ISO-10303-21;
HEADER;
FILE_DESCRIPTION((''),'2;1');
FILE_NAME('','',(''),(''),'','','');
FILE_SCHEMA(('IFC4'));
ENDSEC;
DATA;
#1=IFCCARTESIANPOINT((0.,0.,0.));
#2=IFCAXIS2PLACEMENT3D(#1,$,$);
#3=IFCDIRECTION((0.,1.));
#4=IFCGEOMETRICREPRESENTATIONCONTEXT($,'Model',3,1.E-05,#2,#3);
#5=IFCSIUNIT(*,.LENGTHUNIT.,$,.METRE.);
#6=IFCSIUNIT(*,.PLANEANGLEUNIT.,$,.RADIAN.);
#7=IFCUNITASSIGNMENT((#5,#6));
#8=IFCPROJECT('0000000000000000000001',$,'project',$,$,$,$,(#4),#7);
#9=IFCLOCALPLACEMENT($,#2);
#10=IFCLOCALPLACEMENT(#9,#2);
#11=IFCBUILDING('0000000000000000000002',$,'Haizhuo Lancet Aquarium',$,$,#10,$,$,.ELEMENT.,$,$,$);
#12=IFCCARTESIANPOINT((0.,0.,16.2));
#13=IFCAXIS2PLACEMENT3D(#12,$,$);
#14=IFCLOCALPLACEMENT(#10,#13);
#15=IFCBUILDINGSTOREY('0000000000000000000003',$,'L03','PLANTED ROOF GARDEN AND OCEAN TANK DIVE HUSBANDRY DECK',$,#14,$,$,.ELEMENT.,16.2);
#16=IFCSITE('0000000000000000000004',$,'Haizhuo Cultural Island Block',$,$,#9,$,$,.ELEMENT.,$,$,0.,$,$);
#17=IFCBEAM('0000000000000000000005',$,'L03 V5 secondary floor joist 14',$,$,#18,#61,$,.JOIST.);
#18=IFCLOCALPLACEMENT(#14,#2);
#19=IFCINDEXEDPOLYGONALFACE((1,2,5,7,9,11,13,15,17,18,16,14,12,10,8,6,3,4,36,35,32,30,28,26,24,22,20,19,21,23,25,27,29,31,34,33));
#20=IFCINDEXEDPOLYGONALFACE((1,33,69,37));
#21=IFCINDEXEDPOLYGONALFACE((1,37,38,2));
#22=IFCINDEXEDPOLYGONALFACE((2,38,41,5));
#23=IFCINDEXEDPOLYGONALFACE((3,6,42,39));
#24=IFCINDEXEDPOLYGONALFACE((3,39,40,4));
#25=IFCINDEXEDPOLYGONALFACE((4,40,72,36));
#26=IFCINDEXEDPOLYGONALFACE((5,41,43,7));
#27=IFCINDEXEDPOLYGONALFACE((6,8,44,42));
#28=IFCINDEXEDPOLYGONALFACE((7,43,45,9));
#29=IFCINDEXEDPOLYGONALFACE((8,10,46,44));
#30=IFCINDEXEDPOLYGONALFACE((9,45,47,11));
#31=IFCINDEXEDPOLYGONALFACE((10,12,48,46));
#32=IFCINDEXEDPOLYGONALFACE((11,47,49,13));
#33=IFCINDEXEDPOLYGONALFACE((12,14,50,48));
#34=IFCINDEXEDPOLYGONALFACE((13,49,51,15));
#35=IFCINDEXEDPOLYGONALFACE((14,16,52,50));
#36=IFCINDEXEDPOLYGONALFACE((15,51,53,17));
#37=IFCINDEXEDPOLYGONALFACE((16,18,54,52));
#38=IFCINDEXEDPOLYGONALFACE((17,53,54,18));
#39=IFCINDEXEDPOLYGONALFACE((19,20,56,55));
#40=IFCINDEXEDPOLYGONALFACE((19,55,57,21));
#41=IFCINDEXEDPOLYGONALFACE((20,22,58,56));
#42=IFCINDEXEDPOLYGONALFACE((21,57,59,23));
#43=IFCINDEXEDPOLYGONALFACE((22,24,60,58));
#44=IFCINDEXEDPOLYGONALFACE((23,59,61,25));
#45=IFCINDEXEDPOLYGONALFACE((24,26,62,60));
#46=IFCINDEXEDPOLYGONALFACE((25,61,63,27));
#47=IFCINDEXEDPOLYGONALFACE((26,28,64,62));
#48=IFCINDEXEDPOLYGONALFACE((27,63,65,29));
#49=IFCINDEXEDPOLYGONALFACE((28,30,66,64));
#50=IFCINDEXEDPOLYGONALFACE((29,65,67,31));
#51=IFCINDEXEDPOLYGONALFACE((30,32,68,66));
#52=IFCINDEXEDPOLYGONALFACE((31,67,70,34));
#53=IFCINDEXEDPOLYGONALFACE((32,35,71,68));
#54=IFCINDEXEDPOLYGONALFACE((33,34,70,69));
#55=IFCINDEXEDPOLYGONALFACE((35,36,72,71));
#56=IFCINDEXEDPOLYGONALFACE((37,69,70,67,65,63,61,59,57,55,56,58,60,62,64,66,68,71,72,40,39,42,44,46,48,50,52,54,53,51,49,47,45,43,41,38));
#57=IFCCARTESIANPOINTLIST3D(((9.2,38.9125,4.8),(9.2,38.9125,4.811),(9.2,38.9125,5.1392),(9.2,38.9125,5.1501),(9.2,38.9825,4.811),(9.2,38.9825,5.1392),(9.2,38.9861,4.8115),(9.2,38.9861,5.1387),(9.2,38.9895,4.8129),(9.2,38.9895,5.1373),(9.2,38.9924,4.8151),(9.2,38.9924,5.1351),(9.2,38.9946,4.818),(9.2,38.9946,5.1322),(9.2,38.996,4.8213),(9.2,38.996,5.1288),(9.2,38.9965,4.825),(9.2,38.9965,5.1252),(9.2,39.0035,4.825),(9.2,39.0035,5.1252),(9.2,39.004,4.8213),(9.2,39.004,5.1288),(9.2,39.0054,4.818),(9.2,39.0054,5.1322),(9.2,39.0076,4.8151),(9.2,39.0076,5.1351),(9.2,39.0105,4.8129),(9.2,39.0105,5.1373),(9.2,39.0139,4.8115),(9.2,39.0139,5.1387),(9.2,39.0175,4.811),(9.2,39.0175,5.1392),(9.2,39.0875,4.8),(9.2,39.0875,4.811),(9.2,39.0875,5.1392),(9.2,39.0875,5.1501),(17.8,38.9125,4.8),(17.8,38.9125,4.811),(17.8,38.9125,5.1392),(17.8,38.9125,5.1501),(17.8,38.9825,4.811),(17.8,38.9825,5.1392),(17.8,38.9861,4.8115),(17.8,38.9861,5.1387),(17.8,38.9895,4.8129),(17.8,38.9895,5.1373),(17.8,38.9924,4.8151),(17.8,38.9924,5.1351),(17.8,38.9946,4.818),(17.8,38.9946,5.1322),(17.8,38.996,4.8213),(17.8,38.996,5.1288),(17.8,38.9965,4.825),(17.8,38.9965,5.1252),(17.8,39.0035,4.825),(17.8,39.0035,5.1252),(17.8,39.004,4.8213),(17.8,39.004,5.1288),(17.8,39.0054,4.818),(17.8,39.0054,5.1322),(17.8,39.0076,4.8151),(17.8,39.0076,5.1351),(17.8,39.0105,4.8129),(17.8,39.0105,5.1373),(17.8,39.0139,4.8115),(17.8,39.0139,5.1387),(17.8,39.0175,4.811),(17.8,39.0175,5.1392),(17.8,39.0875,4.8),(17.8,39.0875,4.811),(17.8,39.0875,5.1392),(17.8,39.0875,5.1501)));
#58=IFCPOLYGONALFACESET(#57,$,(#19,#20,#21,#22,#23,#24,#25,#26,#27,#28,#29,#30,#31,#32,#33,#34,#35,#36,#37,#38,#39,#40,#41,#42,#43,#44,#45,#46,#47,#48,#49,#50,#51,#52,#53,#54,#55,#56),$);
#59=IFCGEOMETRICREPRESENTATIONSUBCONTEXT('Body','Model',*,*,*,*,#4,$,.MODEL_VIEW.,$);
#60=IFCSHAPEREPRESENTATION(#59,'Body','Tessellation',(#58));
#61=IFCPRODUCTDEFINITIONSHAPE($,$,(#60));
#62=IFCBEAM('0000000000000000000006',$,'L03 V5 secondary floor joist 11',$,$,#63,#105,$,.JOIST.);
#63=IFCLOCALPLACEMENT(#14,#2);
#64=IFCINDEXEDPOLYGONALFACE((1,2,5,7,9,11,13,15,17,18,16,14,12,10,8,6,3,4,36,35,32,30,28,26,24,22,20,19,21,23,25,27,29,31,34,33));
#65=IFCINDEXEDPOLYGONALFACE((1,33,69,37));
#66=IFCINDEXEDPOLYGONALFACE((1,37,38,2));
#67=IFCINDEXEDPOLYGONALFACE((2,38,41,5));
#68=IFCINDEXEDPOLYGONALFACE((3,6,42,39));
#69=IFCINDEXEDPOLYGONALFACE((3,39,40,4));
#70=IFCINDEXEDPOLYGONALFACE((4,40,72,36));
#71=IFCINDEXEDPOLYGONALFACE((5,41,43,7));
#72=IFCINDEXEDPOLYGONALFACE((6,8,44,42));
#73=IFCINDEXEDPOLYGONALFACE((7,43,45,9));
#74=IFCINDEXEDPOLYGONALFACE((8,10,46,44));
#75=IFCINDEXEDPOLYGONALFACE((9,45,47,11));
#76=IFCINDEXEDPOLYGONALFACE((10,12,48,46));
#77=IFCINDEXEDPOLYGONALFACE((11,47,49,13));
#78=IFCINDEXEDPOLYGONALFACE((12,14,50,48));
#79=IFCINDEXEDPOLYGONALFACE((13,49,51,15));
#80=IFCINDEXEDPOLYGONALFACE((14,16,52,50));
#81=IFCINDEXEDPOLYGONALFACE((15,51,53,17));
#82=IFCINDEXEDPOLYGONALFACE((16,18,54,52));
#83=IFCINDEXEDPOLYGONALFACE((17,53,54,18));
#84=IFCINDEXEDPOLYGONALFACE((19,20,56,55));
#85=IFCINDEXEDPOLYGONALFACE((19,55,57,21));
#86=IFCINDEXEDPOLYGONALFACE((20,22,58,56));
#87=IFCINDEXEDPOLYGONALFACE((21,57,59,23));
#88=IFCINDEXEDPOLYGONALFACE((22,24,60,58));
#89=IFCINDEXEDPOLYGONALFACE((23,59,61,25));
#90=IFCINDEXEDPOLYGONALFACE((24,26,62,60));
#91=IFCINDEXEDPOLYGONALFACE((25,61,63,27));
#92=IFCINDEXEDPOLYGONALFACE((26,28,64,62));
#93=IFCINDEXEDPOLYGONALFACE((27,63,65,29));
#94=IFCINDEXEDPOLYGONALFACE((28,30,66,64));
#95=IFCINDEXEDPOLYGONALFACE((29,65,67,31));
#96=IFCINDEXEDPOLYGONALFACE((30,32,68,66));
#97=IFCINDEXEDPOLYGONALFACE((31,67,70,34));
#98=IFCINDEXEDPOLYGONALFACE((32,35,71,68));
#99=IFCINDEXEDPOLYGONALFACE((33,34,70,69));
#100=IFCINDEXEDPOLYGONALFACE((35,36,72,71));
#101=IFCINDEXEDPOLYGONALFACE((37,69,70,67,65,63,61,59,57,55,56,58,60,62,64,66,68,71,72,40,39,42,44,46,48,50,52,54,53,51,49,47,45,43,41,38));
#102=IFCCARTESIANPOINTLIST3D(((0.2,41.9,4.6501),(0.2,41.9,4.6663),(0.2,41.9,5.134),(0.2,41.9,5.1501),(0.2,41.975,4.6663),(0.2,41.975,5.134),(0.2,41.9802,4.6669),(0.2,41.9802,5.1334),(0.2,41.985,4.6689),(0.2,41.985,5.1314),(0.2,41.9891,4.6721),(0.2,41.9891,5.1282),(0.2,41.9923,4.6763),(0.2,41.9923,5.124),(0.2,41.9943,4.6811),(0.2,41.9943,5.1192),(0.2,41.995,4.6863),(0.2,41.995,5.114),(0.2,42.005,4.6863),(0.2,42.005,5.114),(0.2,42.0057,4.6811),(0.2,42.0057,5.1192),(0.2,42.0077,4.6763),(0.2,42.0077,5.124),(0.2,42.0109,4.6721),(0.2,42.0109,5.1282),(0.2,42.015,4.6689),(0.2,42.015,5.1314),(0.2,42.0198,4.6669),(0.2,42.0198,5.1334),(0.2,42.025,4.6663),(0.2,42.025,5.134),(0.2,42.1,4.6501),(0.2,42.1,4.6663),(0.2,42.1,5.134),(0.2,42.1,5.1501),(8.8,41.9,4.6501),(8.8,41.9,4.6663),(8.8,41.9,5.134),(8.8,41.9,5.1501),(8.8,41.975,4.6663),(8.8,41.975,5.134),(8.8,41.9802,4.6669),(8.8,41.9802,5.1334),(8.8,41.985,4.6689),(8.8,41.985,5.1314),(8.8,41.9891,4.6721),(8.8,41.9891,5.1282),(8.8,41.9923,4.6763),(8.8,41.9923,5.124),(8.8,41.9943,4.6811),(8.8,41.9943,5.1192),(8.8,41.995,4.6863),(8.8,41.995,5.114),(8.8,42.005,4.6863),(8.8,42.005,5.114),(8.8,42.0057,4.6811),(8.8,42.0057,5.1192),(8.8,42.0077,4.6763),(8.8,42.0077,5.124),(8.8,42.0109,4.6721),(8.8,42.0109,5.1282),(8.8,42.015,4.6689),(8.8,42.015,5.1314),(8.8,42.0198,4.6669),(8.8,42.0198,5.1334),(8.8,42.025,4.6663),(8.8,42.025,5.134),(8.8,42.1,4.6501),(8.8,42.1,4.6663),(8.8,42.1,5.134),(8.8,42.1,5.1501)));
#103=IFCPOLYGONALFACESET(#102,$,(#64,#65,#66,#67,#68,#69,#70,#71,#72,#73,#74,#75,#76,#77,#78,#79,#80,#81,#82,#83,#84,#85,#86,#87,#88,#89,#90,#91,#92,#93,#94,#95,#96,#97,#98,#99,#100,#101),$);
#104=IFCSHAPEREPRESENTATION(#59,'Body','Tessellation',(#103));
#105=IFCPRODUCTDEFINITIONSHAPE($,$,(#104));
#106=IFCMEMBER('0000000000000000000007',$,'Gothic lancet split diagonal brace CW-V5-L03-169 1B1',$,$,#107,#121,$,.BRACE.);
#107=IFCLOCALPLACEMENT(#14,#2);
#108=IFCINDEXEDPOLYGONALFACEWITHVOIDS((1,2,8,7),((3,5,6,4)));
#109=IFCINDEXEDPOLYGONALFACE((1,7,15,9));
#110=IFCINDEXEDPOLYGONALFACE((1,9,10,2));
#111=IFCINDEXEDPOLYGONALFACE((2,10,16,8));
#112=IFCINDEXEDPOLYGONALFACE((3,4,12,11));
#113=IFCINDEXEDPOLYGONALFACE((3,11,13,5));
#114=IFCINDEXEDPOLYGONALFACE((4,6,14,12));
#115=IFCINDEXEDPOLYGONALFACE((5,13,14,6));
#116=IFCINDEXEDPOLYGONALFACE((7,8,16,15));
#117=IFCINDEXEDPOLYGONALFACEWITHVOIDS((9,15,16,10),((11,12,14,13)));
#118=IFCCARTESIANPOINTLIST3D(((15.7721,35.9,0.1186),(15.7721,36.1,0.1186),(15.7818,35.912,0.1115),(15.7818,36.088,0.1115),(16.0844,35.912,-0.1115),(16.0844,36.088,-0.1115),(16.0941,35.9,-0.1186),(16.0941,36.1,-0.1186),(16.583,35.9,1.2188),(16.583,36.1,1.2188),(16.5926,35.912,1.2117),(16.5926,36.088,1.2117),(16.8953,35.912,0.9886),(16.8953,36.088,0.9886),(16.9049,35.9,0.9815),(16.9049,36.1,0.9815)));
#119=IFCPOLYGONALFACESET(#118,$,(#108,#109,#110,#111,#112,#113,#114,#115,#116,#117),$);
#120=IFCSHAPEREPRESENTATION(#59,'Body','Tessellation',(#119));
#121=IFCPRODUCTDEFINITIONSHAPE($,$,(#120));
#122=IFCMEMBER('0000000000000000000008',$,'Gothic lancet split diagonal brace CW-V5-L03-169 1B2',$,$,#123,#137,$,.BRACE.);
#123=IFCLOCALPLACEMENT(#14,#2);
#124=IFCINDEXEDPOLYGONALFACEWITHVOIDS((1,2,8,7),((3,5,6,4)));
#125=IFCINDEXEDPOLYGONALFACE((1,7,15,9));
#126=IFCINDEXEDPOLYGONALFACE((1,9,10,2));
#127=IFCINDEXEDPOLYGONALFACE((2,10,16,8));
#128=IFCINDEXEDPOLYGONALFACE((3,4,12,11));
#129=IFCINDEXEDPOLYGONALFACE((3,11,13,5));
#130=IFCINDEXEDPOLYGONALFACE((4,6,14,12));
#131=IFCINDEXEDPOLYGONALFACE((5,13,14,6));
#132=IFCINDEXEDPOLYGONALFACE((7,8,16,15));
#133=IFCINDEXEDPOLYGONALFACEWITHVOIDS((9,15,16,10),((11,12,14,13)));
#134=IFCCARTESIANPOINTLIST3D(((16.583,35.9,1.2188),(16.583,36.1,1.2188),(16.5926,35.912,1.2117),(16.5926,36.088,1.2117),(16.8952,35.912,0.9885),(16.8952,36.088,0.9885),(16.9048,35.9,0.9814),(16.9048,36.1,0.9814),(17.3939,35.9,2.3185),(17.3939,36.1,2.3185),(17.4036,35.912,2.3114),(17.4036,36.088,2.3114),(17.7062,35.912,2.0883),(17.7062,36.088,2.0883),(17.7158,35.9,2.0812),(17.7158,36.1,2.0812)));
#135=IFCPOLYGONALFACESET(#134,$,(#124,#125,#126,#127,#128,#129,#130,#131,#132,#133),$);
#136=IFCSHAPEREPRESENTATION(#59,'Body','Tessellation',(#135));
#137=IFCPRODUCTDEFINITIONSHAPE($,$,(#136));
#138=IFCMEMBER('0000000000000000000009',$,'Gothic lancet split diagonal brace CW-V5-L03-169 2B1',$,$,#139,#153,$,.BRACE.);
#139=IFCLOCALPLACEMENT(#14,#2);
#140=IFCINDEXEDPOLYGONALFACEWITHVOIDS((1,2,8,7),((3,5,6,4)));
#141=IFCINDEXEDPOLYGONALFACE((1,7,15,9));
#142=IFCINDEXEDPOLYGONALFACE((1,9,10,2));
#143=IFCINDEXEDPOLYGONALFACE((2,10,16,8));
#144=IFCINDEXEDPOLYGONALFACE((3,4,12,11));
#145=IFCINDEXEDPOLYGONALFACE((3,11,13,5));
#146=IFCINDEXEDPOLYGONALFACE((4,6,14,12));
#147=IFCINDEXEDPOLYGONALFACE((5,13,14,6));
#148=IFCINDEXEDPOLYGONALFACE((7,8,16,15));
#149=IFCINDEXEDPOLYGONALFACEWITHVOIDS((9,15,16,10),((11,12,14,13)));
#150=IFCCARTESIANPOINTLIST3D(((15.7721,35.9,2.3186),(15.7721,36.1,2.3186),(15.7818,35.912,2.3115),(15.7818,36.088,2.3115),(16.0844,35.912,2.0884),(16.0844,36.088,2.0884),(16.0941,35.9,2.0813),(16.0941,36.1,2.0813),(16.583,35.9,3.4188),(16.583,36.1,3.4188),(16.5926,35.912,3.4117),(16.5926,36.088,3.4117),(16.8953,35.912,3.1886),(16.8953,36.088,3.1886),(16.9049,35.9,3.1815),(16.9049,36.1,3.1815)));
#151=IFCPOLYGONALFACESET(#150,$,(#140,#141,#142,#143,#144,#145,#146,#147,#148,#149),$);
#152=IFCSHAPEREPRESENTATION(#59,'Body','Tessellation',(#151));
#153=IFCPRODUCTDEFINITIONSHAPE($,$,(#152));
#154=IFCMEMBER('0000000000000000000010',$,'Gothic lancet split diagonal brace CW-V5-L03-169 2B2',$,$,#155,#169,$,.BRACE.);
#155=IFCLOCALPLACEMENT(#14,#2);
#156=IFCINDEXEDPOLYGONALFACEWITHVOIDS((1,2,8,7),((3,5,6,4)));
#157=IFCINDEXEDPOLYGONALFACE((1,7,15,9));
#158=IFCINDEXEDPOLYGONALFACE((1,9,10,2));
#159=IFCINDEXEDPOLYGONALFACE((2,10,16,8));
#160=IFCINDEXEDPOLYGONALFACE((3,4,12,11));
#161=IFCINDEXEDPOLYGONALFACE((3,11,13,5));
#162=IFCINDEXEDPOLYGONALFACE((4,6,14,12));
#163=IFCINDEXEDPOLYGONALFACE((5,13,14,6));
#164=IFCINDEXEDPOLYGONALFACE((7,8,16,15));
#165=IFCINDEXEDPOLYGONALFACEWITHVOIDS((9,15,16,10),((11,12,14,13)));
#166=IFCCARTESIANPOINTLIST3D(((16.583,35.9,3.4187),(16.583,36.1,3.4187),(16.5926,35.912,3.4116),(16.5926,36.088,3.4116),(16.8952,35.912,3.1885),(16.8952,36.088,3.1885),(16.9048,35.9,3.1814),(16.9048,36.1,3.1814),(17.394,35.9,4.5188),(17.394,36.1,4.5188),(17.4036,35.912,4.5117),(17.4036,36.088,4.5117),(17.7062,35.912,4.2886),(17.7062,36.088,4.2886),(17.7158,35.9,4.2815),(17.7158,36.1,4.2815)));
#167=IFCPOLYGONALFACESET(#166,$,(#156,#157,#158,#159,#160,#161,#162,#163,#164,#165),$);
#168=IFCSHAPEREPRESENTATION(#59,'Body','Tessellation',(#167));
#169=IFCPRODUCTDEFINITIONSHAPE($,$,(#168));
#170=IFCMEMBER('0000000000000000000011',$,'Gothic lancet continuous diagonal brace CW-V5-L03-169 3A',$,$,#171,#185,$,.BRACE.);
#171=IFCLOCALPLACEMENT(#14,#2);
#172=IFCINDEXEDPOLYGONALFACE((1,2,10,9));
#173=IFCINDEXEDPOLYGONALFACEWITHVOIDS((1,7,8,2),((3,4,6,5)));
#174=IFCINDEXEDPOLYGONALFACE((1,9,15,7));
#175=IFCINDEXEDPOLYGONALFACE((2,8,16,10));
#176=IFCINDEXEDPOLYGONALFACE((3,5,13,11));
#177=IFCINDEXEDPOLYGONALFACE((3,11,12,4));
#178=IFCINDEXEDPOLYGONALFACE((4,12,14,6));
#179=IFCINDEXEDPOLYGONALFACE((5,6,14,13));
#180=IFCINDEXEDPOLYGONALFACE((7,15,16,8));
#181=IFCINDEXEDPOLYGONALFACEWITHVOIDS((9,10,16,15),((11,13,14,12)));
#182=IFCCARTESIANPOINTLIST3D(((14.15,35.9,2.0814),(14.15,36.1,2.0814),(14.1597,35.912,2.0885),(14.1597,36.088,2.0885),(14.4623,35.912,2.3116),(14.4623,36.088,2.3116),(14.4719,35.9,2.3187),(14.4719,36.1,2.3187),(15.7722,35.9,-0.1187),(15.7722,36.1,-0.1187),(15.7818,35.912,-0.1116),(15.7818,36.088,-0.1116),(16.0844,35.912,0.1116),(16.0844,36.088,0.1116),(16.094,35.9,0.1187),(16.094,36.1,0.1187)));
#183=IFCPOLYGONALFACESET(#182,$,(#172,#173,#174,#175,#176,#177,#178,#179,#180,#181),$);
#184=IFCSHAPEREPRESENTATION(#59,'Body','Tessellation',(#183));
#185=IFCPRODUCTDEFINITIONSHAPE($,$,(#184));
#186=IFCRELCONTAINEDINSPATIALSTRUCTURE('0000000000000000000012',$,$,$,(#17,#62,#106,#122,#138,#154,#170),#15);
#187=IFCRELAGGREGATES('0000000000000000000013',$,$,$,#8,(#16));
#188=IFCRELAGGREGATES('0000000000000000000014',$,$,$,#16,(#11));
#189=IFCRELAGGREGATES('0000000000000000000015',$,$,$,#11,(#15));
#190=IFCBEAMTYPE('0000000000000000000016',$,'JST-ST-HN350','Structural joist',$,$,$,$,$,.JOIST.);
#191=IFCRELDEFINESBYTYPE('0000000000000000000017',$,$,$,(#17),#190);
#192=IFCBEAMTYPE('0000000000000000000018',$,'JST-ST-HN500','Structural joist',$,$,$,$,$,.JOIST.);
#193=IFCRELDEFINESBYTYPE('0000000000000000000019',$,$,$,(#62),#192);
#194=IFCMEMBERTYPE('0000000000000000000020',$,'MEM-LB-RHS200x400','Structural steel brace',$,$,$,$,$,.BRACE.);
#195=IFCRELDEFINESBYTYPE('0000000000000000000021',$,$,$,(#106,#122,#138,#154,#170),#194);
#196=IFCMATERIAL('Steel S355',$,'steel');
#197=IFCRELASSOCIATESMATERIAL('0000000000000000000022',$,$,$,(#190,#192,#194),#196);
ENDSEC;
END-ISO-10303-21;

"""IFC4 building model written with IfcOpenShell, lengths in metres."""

from ifc_helpers import new_model, si_unit, direction, frame, origin, origin_2d, place, context, subcontext, project, spatial, hollow_rectangle, i_section, extrude, material, material_profile, profile_set, type_object, element, save


model = new_model("IFC4")

# Units and contexts
model_context = context("Model", 3, precision=1e-05, world=origin(), true_north=direction((0.0, 1.0)))
body_context = subcontext(model_context, "Body", "Model", "MODEL_VIEW")
ifc_project = project(units=[si_unit("LENGTHUNIT", "METRE"), si_unit("PLANEANGLEUNIT", "RADIAN")], contexts=[model_context])

# Site, building, storey
site_placement = place(None, origin())
site = spatial("IfcSite", under=ifc_project, at=site_placement, Name="Haizhuo Cultural Island Block", CompositionType="ELEMENT", RefElevation=0.0)
building_placement = place(site_placement, origin())
building = spatial("IfcBuilding", under=site, at=building_placement, Name="Haizhuo Lancet Aquarium", CompositionType="ELEMENT")
storey_placement = place(building_placement, frame((0.0, 0.0, 16.2)))
storey = spatial("IfcBuildingStorey", under=building, at=storey_placement, Name="L03", Description="PLANTED ROOF GARDEN AND OCEAN TANK DIVE HUSBANDRY DECK", CompositionType="ELEMENT", Elevation=16.2)

# Beams
ifc_material_1 = material(Name="Steel S355", Category="steel")
ifc_material_profile_1 = material_profile(ifc_material_1, i_section(OverallWidth=0.175, OverallDepth=0.3501, WebThickness=0.0071, FlangeThickness=0.011, FilletRadius=0.0139, at=origin_2d()), Name="HN 350x175x7x11")
ifc_profile_set_1 = profile_set([ifc_material_profile_1], Name="Steel S355")
beam_type_1 = type_object("IfcBeamType", Name="JST-ST-HN350", Description="Structural joist", PredefinedType="JOIST", material=ifc_profile_set_1)
beam_1_placement = place(storey_placement, frame((9.2, 39.0, 4.9751), z_axis=(1.0, 0.0, 0.0), x_axis=(0.0, 1.0, 0.0)))
element("IfcBeam", 1, at=beam_1_placement, inside=storey, type_object=beam_type_1, Name="L03 V5 secondary floor joist 14", PredefinedType="JOIST", context=body_context, shape_type="SweptSolid", body=[
    extrude(i_section(OverallWidth=0.175, OverallDepth=0.3501, WebThickness=0.0071, FlangeThickness=0.011, FilletRadius=0.0139, at=origin_2d()), origin(), (0.0, 0.0, 1.0), 8.6001),
])
ifc_material_profile_2 = material_profile(ifc_material_1, i_section(OverallWidth=0.2, OverallDepth=0.5, WebThickness=0.01, FlangeThickness=0.0161, FilletRadius=0.02, at=origin_2d()), Name="HN 500x200x10x16")
ifc_profile_set_2 = profile_set([ifc_material_profile_2], Name="Steel S355")
beam_type_2 = type_object("IfcBeamType", Name="JST-ST-HN500", Description="Structural joist", PredefinedType="JOIST", material=ifc_profile_set_2)
beam_2_placement = place(storey_placement, frame((0.2, 42.0, 4.9001), z_axis=(1.0, 0.0, 0.0), x_axis=(0.0, 1.0, 0.0)))
element("IfcBeam", 2, at=beam_2_placement, inside=storey, type_object=beam_type_2, Name="L03 V5 secondary floor joist 11", PredefinedType="JOIST", context=body_context, shape_type="SweptSolid", body=[
    extrude(i_section(OverallWidth=0.2, OverallDepth=0.5, WebThickness=0.01, FlangeThickness=0.0161, FilletRadius=0.02, at=origin_2d()), origin(), (0.0, 0.0, 1.0), 8.6001),
])

# Members
ifc_material_profile_3 = material_profile(ifc_material_1, hollow_rectangle(XDim=0.2, YDim=0.3999, WallThickness=0.012, at=origin_2d()), Name="RHS 200x400x12")
ifc_profile_set_3 = profile_set([ifc_material_profile_3], Name="Steel S355")
member_type_1 = type_object("IfcMemberType", Name="MEM-LB-RHS200x400", Description="Structural steel brace", PredefinedType="BRACE", material=ifc_profile_set_3)
member_1_placement = place(storey_placement, frame((15.9331, 36.0, 0.0), z_axis=(0.59329, 0.0, 0.804988), x_axis=(0.0, 1.0, 0.0)))
element("IfcMember", 3, at=member_1_placement, inside=storey, type_object=member_type_1, Name="Gothic lancet split diagonal brace CW-V5-L03-169 1B1", PredefinedType="BRACE", context=body_context, shape_type="SweptSolid", body=[
    extrude(hollow_rectangle(XDim=0.2, YDim=0.3999, WallThickness=0.012, at=origin_2d()), origin(), (0.0, 0.0, 1.0), 1.3667),
])
member_2_placement = place(storey_placement, frame((16.7439, 36.0, 1.1001), z_axis=(0.593492, 0.0, 0.80484), x_axis=(0.0, 1.0, 0.0)))
element("IfcMember", 4, at=member_2_placement, inside=storey, type_object=member_type_1, Name="Gothic lancet split diagonal brace CW-V5-L03-169 1B2", PredefinedType="BRACE", context=body_context, shape_type="SweptSolid", body=[
    extrude(hollow_rectangle(XDim=0.2, YDim=0.3999, WallThickness=0.012, at=origin_2d()), origin(), (0.0, 0.0, 1.0), 1.3665),
])
for number, where, z_axis, x_axis, name in (
    (5, (15.9331, 36.0, 2.2), (0.59329, 0.0, 0.804988), (0.0, 1.0, 0.0), "Gothic lancet split diagonal brace CW-V5-L03-169 2B1"),
    (6, (16.7439, 36.0, 3.3), (0.593406, 0.0, 0.804903), (0.0, 1.0, 0.0), "Gothic lancet split diagonal brace CW-V5-L03-169 2B2"),
):
    element("IfcMember", number, at=place(storey_placement, frame(where, z_axis=z_axis, x_axis=x_axis)), inside=storey, type_object=member_type_1, Name=name, PredefinedType="BRACE", context=body_context, shape_type="SweptSolid", body=[
        extrude(hollow_rectangle(XDim=0.2, YDim=0.3999, WallThickness=0.012, at=origin_2d()), origin(), (0.0, 0.0, 1.0), 1.3667),
    ])
for number, where, z_axis, x_axis, name in (
    (7, (15.9331, 36.0, 0.0), (-0.593449, 0.0, 0.804872), (0.0, -1.0, 0.0), "Gothic lancet continuous diagonal brace CW-V5-L03-169 3A"),
):
    element("IfcMember", number, at=place(storey_placement, frame(where, z_axis=z_axis, x_axis=x_axis)), inside=storey, type_object=member_type_1, Name=name, PredefinedType="BRACE", context=body_context, shape_type="SweptSolid", body=[
        extrude(hollow_rectangle(XDim=0.2, YDim=0.3999, WallThickness=0.012, at=origin_2d()), origin(), (0.0, 0.0, 1.0), 2.7334),
    ])

save(model, "model.ifc")
